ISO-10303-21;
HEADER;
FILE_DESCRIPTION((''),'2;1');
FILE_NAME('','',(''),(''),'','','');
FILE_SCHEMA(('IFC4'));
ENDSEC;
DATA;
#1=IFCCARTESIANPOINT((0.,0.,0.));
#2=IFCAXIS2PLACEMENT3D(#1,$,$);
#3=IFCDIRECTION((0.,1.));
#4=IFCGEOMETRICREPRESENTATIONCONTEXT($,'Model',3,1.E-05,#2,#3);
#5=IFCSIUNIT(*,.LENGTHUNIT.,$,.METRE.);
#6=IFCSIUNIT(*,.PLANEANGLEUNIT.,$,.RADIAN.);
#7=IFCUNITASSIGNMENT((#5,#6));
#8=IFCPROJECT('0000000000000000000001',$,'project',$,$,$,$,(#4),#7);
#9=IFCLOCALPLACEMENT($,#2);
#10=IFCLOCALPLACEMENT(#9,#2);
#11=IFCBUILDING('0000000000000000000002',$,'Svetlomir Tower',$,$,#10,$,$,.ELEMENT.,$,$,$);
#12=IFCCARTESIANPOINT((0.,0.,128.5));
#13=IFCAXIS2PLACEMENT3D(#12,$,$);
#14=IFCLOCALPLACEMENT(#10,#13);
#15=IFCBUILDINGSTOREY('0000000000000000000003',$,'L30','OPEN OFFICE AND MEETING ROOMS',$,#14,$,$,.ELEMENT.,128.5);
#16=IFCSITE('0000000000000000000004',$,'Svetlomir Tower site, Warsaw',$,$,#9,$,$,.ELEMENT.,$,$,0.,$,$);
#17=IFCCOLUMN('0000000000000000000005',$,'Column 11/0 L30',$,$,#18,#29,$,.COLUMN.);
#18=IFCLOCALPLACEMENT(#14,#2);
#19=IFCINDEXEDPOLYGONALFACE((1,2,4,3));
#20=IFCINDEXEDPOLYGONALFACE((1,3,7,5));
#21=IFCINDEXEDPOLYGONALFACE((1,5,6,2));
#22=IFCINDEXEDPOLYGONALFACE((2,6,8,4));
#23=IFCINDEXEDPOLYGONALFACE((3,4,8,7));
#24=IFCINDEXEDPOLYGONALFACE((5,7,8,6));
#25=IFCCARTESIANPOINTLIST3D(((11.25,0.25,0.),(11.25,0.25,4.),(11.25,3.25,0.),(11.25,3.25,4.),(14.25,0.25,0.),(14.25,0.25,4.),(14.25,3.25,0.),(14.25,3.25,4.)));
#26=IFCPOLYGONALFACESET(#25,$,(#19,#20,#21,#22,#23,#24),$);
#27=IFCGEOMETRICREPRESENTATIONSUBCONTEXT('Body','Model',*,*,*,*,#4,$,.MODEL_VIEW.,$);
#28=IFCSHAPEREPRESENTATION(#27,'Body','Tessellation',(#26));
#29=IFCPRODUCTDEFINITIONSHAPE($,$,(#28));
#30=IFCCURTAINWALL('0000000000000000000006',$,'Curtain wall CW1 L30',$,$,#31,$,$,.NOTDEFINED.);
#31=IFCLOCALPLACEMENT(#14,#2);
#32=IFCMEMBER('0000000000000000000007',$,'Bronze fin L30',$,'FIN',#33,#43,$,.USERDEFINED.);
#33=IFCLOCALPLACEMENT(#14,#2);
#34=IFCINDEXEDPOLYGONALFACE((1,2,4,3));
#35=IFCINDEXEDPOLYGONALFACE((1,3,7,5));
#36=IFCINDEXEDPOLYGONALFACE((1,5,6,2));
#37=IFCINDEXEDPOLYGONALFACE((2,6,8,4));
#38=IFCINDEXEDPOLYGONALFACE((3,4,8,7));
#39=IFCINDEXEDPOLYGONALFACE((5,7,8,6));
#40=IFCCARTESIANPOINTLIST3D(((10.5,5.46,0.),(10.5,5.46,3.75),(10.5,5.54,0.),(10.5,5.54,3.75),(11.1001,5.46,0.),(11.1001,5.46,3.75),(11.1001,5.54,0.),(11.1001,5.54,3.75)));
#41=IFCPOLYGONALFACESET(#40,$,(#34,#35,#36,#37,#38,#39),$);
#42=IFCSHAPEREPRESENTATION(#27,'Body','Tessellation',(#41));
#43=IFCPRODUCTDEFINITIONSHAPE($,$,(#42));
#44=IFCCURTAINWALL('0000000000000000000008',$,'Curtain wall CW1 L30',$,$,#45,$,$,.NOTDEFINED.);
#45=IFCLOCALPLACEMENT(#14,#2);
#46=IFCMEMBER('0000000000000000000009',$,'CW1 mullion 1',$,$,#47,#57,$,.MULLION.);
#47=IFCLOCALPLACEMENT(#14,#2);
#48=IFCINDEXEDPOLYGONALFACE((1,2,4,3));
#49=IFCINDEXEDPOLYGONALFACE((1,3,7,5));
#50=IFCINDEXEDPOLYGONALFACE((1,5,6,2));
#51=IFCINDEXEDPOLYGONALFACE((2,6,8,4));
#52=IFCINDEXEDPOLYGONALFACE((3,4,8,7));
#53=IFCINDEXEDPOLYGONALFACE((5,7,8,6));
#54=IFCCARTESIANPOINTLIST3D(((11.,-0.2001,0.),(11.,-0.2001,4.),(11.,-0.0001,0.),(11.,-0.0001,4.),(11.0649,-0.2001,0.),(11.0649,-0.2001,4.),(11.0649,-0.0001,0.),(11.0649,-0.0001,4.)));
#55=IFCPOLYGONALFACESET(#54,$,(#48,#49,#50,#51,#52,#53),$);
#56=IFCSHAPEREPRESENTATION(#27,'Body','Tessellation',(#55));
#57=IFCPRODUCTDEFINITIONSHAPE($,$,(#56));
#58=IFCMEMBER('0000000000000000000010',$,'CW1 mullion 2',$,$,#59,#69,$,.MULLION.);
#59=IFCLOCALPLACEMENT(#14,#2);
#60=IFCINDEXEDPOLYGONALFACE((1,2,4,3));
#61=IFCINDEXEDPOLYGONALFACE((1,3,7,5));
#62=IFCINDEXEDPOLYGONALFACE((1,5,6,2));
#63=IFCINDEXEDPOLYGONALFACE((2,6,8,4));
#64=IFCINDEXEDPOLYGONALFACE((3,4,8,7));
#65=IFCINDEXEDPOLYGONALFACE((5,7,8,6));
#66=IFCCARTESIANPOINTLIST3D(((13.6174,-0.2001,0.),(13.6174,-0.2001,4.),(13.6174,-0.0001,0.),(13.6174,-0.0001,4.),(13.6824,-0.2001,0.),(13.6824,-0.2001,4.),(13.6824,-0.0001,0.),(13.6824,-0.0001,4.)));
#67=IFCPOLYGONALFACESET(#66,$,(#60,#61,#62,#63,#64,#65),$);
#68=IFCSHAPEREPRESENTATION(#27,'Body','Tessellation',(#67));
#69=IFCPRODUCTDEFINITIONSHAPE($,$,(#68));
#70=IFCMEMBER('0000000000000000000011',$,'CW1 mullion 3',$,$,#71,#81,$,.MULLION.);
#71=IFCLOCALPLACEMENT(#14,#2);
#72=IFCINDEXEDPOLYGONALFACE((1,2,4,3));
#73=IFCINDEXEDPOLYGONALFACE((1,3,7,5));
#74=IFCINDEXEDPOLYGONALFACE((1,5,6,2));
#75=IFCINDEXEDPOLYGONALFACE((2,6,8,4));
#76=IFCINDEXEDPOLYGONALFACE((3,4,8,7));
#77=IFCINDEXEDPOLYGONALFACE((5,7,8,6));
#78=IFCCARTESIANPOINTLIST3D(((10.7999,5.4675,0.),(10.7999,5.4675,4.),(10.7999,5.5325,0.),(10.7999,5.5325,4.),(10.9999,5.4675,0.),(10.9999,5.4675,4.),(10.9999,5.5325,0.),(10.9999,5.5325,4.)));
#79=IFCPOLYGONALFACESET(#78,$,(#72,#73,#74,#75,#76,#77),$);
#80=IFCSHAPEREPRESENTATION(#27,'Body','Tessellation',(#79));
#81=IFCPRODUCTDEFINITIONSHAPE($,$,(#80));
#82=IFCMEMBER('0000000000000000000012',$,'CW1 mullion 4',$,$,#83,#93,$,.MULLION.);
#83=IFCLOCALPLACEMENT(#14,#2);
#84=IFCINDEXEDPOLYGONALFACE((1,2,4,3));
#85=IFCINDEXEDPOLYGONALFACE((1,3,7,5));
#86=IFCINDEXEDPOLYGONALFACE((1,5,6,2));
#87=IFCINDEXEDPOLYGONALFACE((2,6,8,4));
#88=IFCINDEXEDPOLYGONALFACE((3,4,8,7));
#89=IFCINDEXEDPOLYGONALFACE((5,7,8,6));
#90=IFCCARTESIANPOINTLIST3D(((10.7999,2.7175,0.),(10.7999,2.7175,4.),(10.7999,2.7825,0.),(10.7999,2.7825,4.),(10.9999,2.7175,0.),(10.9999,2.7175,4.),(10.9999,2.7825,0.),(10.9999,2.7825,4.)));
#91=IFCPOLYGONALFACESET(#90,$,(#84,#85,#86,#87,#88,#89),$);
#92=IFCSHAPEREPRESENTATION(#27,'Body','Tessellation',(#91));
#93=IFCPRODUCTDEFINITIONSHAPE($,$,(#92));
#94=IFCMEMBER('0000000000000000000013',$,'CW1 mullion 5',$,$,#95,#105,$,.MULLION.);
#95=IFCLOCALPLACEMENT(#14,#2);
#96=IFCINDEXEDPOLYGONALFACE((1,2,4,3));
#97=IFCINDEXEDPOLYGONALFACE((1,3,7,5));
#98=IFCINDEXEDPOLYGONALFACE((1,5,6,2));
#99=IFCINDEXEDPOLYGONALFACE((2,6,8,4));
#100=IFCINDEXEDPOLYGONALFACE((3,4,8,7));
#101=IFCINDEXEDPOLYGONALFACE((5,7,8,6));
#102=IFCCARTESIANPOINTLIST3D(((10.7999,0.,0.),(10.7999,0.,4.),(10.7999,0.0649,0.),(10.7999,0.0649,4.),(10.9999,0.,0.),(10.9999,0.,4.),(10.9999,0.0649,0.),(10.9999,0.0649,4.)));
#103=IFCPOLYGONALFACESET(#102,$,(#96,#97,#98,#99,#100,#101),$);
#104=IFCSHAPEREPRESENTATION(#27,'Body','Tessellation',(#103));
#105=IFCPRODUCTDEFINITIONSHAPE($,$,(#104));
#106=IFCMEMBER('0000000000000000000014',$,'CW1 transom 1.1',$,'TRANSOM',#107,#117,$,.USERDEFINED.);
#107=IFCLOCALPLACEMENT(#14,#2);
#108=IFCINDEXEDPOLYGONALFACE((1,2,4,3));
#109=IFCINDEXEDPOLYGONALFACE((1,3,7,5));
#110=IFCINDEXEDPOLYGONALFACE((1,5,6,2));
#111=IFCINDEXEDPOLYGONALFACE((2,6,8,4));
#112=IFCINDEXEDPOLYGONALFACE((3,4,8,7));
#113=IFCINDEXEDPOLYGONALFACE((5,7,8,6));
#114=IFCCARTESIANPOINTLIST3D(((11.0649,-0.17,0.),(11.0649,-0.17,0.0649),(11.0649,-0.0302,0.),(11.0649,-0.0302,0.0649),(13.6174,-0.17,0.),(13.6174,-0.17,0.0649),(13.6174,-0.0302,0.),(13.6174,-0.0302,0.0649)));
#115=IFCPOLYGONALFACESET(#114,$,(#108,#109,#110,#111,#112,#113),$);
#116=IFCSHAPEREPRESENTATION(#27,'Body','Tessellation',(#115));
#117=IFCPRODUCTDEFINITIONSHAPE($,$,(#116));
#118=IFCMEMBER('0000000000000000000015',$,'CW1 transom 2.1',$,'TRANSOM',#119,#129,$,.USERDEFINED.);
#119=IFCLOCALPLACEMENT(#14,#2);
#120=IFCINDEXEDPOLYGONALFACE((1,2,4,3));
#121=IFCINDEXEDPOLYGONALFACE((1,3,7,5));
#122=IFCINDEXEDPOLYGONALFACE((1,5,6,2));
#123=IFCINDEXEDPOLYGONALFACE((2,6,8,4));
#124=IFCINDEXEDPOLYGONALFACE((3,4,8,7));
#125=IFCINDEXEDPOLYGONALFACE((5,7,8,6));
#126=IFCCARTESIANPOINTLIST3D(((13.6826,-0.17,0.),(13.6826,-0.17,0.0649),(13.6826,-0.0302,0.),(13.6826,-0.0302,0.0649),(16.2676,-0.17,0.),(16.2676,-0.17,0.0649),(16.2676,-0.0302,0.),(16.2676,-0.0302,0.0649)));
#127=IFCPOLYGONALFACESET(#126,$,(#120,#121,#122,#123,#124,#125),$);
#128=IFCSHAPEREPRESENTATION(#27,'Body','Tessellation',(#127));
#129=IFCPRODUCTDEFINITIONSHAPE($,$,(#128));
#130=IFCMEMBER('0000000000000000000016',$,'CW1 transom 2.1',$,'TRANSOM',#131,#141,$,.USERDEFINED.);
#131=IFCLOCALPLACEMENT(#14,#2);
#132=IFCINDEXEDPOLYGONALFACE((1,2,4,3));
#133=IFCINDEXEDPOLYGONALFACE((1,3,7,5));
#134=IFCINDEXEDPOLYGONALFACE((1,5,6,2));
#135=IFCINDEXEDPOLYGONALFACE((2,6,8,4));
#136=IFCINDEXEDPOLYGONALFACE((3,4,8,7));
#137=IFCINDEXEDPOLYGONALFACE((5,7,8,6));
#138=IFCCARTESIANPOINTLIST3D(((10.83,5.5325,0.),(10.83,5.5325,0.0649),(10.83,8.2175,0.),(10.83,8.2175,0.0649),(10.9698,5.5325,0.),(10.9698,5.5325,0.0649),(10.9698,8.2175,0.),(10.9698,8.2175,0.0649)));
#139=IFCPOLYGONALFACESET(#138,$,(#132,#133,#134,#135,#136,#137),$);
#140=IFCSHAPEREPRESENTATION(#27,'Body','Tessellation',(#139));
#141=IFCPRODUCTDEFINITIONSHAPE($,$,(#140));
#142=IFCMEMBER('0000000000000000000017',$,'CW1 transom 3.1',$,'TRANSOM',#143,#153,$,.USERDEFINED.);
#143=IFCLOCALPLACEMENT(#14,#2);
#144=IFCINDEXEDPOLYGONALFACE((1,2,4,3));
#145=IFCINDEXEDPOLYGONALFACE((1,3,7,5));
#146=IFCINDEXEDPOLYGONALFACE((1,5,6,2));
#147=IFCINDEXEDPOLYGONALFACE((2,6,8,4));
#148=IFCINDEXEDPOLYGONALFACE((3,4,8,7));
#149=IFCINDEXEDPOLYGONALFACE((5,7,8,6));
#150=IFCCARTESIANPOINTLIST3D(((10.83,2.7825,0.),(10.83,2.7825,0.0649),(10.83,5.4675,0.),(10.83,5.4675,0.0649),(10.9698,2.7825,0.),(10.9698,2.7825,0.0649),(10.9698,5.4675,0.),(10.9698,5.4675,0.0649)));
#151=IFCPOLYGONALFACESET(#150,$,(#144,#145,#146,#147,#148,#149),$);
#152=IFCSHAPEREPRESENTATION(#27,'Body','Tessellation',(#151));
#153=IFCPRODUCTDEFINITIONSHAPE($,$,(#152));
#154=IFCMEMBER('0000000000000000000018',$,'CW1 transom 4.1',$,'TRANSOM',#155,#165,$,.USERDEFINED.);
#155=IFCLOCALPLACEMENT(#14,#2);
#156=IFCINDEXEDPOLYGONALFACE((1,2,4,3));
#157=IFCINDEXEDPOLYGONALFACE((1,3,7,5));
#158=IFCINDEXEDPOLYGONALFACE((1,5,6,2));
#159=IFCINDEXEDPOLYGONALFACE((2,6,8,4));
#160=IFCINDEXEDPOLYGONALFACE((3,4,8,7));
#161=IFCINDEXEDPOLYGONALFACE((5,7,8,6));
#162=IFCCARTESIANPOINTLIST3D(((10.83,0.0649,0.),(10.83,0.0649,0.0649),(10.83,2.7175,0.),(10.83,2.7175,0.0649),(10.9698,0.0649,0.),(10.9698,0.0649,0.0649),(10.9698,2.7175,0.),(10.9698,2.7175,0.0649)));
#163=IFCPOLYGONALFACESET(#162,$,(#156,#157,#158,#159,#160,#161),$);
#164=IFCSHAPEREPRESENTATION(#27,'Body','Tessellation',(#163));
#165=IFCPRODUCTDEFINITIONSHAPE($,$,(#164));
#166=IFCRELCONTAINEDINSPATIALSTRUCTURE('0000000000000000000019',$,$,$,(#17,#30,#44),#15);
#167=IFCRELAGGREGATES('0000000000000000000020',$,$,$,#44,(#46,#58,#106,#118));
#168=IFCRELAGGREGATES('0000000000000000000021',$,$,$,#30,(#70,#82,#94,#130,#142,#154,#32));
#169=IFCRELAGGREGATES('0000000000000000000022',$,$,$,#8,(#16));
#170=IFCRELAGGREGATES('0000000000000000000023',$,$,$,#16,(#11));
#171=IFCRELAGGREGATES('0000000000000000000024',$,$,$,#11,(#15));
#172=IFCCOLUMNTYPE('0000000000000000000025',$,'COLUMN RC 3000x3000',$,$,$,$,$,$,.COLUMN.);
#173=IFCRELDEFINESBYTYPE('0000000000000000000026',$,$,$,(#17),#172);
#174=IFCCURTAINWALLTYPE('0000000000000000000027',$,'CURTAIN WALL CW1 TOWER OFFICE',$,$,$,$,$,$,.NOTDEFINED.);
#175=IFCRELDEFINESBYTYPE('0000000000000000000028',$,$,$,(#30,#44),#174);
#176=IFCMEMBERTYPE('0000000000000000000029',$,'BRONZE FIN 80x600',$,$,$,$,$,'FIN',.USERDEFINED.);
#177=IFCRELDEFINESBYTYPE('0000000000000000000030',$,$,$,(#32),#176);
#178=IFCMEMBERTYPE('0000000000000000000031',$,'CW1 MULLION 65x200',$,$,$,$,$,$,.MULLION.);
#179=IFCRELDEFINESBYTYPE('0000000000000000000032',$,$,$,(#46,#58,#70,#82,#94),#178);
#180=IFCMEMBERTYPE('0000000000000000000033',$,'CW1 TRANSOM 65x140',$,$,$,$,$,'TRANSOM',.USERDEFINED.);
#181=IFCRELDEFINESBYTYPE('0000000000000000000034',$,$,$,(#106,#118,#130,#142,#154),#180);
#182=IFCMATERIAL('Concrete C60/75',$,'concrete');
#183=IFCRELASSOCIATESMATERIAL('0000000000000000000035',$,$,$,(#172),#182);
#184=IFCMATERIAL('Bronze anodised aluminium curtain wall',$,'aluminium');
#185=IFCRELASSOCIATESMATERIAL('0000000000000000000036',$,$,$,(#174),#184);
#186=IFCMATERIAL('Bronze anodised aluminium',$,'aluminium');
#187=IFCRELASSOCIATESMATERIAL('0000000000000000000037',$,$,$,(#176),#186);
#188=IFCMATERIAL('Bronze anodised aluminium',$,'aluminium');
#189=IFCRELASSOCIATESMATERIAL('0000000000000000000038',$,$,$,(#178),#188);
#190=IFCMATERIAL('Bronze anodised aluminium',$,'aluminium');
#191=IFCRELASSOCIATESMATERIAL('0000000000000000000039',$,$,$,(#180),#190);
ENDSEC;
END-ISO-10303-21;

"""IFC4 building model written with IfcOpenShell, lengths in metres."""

from ifc_helpers import new_model, si_unit, direction, frame, origin, origin_2d, place, context, subcontext, project, spatial, rectangle, extrude, material, material_profile, profile_set, type_object, element, aggregate, save


model = new_model("IFC4")

# Units and contexts
model_context = context("Model", 3, precision=1e-05, world=origin(), true_north=direction((0.0, 1.0)))
body_context = subcontext(model_context, "Body", "Model", "MODEL_VIEW")
ifc_project = project(units=[si_unit("LENGTHUNIT", "METRE"), si_unit("PLANEANGLEUNIT", "RADIAN")], contexts=[model_context])

# Site, building, storey
site_placement = place(None, origin())
site = spatial("IfcSite", under=ifc_project, at=site_placement, Name="Svetlomir Tower site, Warsaw", CompositionType="ELEMENT", RefElevation=0.0)
building_placement = place(site_placement, origin())
building = spatial("IfcBuilding", under=site, at=building_placement, Name="Svetlomir Tower", CompositionType="ELEMENT")
storey_placement = place(building_placement, frame((0.0, 0.0, 128.5)))
storey = spatial("IfcBuildingStorey", under=building, at=storey_placement, Name="L30", Description="OPEN OFFICE AND MEETING ROOMS", CompositionType="ELEMENT", Elevation=128.5)

# Column
ifc_material_1 = material(Name="Concrete C60/75", Category="concrete")
ifc_material_profile_1 = material_profile(ifc_material_1, rectangle(XDim=3.0, YDim=3.0, at=origin_2d()), Name="RC 3000x3000")
ifc_profile_set_1 = profile_set([ifc_material_profile_1], Name="Concrete C60/75")
column_type = type_object("IfcColumnType", Name="COLUMN RC 3000x3000", PredefinedType="COLUMN", material=ifc_profile_set_1)
column_placement = place(storey_placement, frame((12.75, 1.75, 0.0), z_axis=(0.0, 0.0, 1.0), x_axis=(1.0, 0.0, 0.0)))
element("IfcColumn", 1, at=column_placement, inside=storey, type_object=column_type, Name="Column 11/0 L30", PredefinedType="COLUMN", context=body_context, shape_type="SweptSolid", body=[
    extrude(rectangle(XDim=3.0, YDim=3.0, at=origin_2d()), origin(), (0.0, 0.0, 1.0), 4.0),
])

# Curtain wall, member
ifc_material_2 = material(Name="Bronze anodised aluminium curtain wall", Category="aluminium")
curtain_wall_type = type_object("IfcCurtainWallType", Name="CURTAIN WALL CW1 TOWER OFFICE", PredefinedType="NOTDEFINED", material=ifc_material_2)
curtain_wall_1_placement = place(storey_placement, origin())
curtain_wall_1 = element("IfcCurtainWall", 2, at=curtain_wall_1_placement, inside=storey, type_object=curtain_wall_type, Name="Curtain wall CW1 L30", PredefinedType="NOTDEFINED")
ifc_material_3 = material(Name="Bronze anodised aluminium", Category="aluminium")
ifc_material_profile_2 = material_profile(ifc_material_3, rectangle(XDim=0.0801, YDim=0.6001, at=origin_2d()), Name="FIN 80x600")
ifc_profile_set_2 = profile_set([ifc_material_profile_2], Name="Bronze anodised aluminium 6063-T6")
member_type_1 = type_object("IfcMemberType", Name="BRONZE FIN 80x600", ElementType="FIN", PredefinedType="USERDEFINED", material=ifc_profile_set_2)
member_1_placement = place(storey_placement, frame((10.8, 5.5, 0.0), z_axis=(0.0, 0.0, 1.0), x_axis=(0.0, 1.0, 0.0)))
member_1 = element("IfcMember", 3, at=member_1_placement, type_object=member_type_1, Name="Bronze fin L30", ObjectType="FIN", PredefinedType="USERDEFINED", context=body_context, shape_type="SweptSolid", body=[
    extrude(rectangle(XDim=0.0801, YDim=0.6001, at=origin_2d()), origin(), (0.0, 0.0, 1.0), 3.75),
])

# Curtain wall, members
curtain_wall_2_placement = place(storey_placement, origin())
curtain_wall_2 = element("IfcCurtainWall", 4, at=curtain_wall_2_placement, inside=storey, type_object=curtain_wall_type, Name="Curtain wall CW1 L30", PredefinedType="NOTDEFINED")
ifc_material_4 = material(Name="Bronze anodised aluminium", Category="aluminium")
ifc_material_profile_3 = material_profile(ifc_material_4, rectangle(XDim=0.0649, YDim=0.2, at=origin_2d()), Name="AL 65x200")
ifc_profile_set_3 = profile_set([ifc_material_profile_3], Name="Bronze anodised aluminium 6063-T6")
member_type_2 = type_object("IfcMemberType", Name="CW1 MULLION 65x200", PredefinedType="MULLION", material=ifc_profile_set_3)
member_2_placement = place(storey_placement, frame((11.0325, -0.1001, 0.0), z_axis=(0.0, 0.0, 1.0), x_axis=(1.0, 0.0, 0.0)))
member_2 = element("IfcMember", 5, at=member_2_placement, type_object=member_type_2, Name="CW1 mullion 1", PredefinedType="MULLION", context=body_context, shape_type="SweptSolid", body=[
    extrude(rectangle(XDim=0.0649, YDim=0.2, at=origin_2d()), origin(), (0.0, 0.0, 1.0), 4.0),
])
member_3_placement = place(storey_placement, frame((13.6499, -0.1001, 0.0), z_axis=(0.0, 0.0, 1.0), x_axis=(1.0, 0.0, 0.0)))
member_3 = element("IfcMember", 6, at=member_3_placement, type_object=member_type_2, Name="CW1 mullion 2", PredefinedType="MULLION", context=body_context, shape_type="SweptSolid", body=[
    extrude(rectangle(XDim=0.0649, YDim=0.2, at=origin_2d()), origin(), (0.0, 0.0, 1.0), 4.0),
])

# Members
member_4_placement = place(storey_placement, frame((10.8999, 5.5, 0.0), z_axis=(0.0, 0.0, 1.0), x_axis=(0.0, -1.0, 0.0)))
member_4 = element("IfcMember", 7, at=member_4_placement, type_object=member_type_2, Name="CW1 mullion 3", PredefinedType="MULLION", context=body_context, shape_type="SweptSolid", body=[
    extrude(rectangle(XDim=0.0649, YDim=0.2, at=origin_2d()), origin(), (0.0, 0.0, 1.0), 4.0),
])
member_5_placement = place(storey_placement, frame((10.8999, 2.75, 0.0), z_axis=(0.0, 0.0, 1.0), x_axis=(0.0, -1.0, 0.0)))
member_5 = element("IfcMember", 8, at=member_5_placement, type_object=member_type_2, Name="CW1 mullion 4", PredefinedType="MULLION", context=body_context, shape_type="SweptSolid", body=[
    extrude(rectangle(XDim=0.0649, YDim=0.2, at=origin_2d()), origin(), (0.0, 0.0, 1.0), 4.0),
])
member_6_placement = place(storey_placement, frame((10.8999, 0.0325, 0.0), z_axis=(0.0, 0.0, 1.0), x_axis=(0.0, -1.0, 0.0)))
member_6 = element("IfcMember", 9, at=member_6_placement, type_object=member_type_2, Name="CW1 mullion 5", PredefinedType="MULLION", context=body_context, shape_type="SweptSolid", body=[
    extrude(rectangle(XDim=0.0649, YDim=0.2, at=origin_2d()), origin(), (0.0, 0.0, 1.0), 4.0),
])
ifc_material_5 = material(Name="Bronze anodised aluminium", Category="aluminium")
ifc_material_profile_4 = material_profile(ifc_material_5, rectangle(XDim=0.1399, YDim=0.0649, at=origin_2d()), Name="AL 140x65")
ifc_profile_set_4 = profile_set([ifc_material_profile_4], Name="Bronze anodised aluminium 6063-T6")
member_type_3 = type_object("IfcMemberType", Name="CW1 TRANSOM 65x140", ElementType="TRANSOM", PredefinedType="USERDEFINED", material=ifc_profile_set_4)
member_7_placement = place(storey_placement, frame((11.0649, -0.1001, 0.0325), z_axis=(1.0, 0.0, 0.0), x_axis=(0.0, 1.0, 0.0)))
member_7 = element("IfcMember", 10, at=member_7_placement, type_object=member_type_3, Name="CW1 transom 1.1", ObjectType="TRANSOM", PredefinedType="USERDEFINED", context=body_context, shape_type="SweptSolid", body=[
    extrude(rectangle(XDim=0.1399, YDim=0.0649, at=origin_2d()), origin(), (0.0, 0.0, 1.0), 2.5525),
])
member_8_placement = place(storey_placement, frame((13.6826, -0.1001, 0.0325), z_axis=(1.0, 0.0, 0.0), x_axis=(0.0, 1.0, 0.0)))
member_8 = element("IfcMember", 11, at=member_8_placement, type_object=member_type_3, Name="CW1 transom 2.1", ObjectType="TRANSOM", PredefinedType="USERDEFINED", context=body_context, shape_type="SweptSolid", body=[
    extrude(rectangle(XDim=0.1399, YDim=0.0649, at=origin_2d()), origin(), (0.0, 0.0, 1.0), 2.585),
])
member_9_placement = place(storey_placement, frame((10.8999, 8.2175, 0.0325), z_axis=(0.0, -1.0, 0.0), x_axis=(1.0, 0.0, 0.0)))
member_9 = element("IfcMember", 12, at=member_9_placement, type_object=member_type_3, Name="CW1 transom 2.1", ObjectType="TRANSOM", PredefinedType="USERDEFINED", context=body_context, shape_type="SweptSolid", body=[
    extrude(rectangle(XDim=0.1399, YDim=0.0649, at=origin_2d()), origin(), (0.0, 0.0, 1.0), 2.6851),
])
member_10_placement = place(storey_placement, frame((10.8999, 5.4675, 0.0325), z_axis=(0.0, -1.0, 0.0), x_axis=(1.0, 0.0, 0.0)))
member_10 = element("IfcMember", 13, at=member_10_placement, type_object=member_type_3, Name="CW1 transom 3.1", ObjectType="TRANSOM", PredefinedType="USERDEFINED", context=body_context, shape_type="SweptSolid", body=[
    extrude(rectangle(XDim=0.1399, YDim=0.0649, at=origin_2d()), origin(), (0.0, 0.0, 1.0), 2.6851),
])
member_11_placement = place(storey_placement, frame((10.8999, 2.7175, 0.0325), z_axis=(0.0, -1.0, 0.0), x_axis=(1.0, 0.0, 0.0)))
member_11 = element("IfcMember", 14, at=member_11_placement, type_object=member_type_3, Name="CW1 transom 4.1", ObjectType="TRANSOM", PredefinedType="USERDEFINED", context=body_context, shape_type="SweptSolid", body=[
    extrude(rectangle(XDim=0.1399, YDim=0.0649, at=origin_2d()), origin(), (0.0, 0.0, 1.0), 2.6526),
])

aggregate(curtain_wall_2, [member_2, member_3, member_7, member_8])
aggregate(curtain_wall_1, [member_4, member_5, member_6, member_9, member_10, member_11, member_1])

save(model, "model.ifc")
